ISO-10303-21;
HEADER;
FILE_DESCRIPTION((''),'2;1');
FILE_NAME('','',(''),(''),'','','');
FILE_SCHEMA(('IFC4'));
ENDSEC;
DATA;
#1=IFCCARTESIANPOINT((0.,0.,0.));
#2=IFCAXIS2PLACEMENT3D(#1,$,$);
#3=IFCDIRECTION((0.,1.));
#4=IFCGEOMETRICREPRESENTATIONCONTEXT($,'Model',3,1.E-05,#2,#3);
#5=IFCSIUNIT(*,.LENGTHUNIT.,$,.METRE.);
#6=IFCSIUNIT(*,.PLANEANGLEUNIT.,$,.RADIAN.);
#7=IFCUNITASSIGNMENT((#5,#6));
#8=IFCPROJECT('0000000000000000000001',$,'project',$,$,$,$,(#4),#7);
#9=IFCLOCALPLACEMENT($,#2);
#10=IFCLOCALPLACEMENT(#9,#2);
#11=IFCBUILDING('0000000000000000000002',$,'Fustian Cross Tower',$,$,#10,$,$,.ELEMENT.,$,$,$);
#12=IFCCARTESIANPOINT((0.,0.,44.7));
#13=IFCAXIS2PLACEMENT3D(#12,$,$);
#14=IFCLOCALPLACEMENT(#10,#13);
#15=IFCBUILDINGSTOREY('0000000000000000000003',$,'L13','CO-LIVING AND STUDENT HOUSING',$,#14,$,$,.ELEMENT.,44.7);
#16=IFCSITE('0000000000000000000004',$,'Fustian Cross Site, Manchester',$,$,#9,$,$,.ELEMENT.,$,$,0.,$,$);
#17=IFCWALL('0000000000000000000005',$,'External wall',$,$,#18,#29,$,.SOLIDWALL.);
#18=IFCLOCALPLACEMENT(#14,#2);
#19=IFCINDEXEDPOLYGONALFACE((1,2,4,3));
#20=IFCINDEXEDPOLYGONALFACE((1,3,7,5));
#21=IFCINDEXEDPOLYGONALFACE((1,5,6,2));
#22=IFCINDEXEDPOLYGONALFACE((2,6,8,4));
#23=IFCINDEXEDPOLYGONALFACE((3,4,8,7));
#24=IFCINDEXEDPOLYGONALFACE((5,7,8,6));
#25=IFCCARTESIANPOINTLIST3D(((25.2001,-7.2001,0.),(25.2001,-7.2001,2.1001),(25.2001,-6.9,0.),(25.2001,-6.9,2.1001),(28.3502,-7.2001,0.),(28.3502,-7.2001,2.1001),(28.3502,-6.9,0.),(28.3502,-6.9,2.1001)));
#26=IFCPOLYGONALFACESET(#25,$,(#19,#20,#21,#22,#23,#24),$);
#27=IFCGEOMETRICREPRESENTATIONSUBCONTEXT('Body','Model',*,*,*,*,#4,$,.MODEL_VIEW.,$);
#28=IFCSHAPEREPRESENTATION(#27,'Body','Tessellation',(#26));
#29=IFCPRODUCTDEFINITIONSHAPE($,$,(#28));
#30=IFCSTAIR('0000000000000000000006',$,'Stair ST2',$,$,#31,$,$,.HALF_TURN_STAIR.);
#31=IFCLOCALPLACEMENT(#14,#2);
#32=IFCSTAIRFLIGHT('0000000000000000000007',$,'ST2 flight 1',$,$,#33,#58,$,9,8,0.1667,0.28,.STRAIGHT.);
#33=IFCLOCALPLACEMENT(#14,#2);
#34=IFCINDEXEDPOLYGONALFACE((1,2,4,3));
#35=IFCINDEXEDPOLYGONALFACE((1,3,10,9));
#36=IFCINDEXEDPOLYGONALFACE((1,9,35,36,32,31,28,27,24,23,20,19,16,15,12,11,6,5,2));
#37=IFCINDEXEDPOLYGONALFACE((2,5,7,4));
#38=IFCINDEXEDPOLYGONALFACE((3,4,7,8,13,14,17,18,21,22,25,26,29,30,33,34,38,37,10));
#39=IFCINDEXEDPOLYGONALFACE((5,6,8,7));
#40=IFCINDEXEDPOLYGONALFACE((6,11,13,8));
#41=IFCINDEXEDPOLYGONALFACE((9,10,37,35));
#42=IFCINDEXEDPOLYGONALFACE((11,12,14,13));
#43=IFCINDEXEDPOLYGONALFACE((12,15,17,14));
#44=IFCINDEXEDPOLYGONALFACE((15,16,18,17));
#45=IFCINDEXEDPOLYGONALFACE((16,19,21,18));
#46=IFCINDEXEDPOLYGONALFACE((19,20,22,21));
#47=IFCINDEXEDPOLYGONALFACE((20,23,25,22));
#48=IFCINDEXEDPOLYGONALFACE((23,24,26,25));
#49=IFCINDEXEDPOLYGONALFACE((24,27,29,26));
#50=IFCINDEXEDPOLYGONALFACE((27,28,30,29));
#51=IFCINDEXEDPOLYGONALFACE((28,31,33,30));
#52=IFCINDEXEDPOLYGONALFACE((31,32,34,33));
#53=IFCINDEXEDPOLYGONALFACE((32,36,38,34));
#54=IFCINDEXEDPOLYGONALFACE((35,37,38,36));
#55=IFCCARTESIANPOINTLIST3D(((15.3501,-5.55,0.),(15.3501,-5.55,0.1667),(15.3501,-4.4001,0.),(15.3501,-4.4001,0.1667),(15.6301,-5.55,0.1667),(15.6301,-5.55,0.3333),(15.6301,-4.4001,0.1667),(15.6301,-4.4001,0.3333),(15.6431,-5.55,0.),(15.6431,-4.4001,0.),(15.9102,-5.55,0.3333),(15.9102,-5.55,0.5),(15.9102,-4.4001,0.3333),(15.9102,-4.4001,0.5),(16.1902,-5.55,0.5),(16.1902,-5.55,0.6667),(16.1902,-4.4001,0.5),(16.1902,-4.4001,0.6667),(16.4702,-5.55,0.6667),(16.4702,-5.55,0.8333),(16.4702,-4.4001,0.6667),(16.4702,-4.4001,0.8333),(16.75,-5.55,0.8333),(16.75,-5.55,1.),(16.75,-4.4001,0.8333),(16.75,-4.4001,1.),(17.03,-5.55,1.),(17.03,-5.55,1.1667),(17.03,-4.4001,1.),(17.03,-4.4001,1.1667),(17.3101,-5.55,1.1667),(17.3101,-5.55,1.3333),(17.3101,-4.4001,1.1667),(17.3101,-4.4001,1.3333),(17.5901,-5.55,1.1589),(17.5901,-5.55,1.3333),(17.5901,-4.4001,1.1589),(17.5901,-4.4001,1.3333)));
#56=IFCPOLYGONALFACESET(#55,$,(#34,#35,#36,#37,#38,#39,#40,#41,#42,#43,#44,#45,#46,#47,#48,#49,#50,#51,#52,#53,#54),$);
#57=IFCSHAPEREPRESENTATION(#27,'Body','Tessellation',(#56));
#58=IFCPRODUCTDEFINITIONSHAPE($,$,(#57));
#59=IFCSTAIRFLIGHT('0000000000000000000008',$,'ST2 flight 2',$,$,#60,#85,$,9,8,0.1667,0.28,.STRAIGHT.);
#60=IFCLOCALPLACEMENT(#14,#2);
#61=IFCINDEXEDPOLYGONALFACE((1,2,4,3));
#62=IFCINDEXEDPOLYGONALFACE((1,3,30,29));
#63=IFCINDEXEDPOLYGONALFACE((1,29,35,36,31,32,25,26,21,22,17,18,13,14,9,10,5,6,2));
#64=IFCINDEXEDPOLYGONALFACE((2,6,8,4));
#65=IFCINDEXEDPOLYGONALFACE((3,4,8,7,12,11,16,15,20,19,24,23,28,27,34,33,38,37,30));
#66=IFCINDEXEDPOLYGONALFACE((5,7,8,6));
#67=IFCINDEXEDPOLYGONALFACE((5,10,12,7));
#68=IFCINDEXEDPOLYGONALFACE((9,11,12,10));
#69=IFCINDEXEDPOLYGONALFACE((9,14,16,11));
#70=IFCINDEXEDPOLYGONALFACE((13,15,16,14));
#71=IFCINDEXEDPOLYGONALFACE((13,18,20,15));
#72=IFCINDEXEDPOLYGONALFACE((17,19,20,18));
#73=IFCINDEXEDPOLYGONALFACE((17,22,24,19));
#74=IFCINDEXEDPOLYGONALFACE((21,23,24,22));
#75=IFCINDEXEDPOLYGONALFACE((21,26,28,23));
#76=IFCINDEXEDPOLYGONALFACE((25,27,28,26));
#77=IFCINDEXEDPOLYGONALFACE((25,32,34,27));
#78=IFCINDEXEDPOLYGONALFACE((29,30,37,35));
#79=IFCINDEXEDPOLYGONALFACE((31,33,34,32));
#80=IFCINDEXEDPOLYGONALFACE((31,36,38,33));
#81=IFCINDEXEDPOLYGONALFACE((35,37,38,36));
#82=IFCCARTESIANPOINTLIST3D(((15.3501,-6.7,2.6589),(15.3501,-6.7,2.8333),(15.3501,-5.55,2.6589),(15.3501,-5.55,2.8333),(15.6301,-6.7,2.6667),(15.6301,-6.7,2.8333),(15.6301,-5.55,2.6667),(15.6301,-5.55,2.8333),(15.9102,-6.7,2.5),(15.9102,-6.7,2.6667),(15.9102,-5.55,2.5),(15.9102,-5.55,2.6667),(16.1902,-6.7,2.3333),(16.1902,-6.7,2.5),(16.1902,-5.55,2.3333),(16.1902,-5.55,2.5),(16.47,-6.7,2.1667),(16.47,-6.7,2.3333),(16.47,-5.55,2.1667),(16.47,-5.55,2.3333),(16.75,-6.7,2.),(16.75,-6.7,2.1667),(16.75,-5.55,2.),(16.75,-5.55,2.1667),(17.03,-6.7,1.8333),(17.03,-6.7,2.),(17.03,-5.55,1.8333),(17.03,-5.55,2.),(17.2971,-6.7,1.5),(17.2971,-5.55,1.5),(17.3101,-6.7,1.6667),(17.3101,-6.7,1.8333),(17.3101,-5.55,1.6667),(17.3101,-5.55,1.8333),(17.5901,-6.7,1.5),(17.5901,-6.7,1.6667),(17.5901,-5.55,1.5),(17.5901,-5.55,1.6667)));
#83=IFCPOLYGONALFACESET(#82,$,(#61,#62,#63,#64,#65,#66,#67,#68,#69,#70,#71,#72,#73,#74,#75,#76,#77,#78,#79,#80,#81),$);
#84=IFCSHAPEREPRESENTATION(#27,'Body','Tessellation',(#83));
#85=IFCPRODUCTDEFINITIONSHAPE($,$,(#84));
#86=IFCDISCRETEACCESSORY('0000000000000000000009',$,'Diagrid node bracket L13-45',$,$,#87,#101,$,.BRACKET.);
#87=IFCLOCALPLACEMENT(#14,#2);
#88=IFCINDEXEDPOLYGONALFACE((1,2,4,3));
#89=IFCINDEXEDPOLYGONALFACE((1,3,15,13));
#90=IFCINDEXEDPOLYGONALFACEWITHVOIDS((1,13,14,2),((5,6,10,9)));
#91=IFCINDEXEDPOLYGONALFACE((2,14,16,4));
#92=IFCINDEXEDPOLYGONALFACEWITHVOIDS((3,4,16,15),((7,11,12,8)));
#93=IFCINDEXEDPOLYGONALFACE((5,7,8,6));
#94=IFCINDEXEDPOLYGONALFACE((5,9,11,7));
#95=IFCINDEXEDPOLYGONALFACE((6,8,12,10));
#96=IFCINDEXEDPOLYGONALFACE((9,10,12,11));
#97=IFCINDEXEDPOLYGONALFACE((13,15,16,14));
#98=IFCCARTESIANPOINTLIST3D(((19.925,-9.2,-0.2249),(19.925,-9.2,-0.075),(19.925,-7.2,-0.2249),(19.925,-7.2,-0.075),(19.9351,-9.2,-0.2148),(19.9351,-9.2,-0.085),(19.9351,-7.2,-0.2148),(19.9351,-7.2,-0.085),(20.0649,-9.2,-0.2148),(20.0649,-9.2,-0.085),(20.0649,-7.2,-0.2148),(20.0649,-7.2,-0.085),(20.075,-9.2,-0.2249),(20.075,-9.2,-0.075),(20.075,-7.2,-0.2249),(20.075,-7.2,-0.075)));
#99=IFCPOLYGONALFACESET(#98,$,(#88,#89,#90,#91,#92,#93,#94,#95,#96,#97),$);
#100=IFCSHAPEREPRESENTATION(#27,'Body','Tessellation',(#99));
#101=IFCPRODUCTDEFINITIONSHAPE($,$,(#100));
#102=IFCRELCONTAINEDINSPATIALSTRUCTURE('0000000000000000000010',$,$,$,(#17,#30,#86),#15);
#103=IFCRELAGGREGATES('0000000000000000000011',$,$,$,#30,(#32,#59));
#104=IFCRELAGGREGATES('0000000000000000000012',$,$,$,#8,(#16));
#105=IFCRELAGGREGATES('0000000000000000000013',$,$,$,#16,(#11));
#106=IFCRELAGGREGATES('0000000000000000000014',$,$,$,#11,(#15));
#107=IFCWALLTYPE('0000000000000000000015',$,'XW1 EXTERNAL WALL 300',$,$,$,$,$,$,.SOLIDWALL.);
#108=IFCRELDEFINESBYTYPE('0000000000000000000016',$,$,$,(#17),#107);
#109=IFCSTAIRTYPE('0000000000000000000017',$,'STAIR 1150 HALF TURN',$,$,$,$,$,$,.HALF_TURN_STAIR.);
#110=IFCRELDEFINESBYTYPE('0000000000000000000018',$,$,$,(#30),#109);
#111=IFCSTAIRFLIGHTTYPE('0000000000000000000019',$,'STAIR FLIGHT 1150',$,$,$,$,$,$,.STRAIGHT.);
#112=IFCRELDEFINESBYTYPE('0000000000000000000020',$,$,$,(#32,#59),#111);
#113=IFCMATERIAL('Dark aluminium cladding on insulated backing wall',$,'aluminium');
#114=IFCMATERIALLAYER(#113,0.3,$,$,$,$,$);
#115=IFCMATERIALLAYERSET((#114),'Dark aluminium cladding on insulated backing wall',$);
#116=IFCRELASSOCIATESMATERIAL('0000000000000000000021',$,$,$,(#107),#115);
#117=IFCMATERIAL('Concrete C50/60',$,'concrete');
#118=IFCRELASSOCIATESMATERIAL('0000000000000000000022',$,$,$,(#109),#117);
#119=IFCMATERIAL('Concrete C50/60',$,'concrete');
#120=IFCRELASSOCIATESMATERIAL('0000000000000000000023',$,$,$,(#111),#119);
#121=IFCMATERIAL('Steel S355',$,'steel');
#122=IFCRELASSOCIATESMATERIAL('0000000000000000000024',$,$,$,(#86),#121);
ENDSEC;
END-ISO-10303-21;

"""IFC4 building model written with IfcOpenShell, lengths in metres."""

from ifc_helpers import new_model, si_unit, direction, frame, frame_2d, origin, origin_2d, place, context, subcontext, project, spatial, polyline, rectangle, hollow_rectangle, outline, extrude, material, layer, layer_set, type_object, element, aggregate, save


model = new_model("IFC4")

# Units and contexts
model_context = context("Model", 3, precision=1e-05, world=origin(), true_north=direction((0.0, 1.0)))
body_context = subcontext(model_context, "Body", "Model", "MODEL_VIEW")
ifc_project = project(units=[si_unit("LENGTHUNIT", "METRE"), si_unit("PLANEANGLEUNIT", "RADIAN")], contexts=[model_context])

# Site, building, storey
site_placement = place(None, origin())
site = spatial("IfcSite", under=ifc_project, at=site_placement, Name="Fustian Cross Site, Manchester", CompositionType="ELEMENT", RefElevation=0.0)
building_placement = place(site_placement, origin())
building = spatial("IfcBuilding", under=site, at=building_placement, Name="Fustian Cross Tower", CompositionType="ELEMENT")
storey_placement = place(building_placement, frame((0.0, 0.0, 44.7)))
storey = spatial("IfcBuildingStorey", under=building, at=storey_placement, Name="L13", Description="CO-LIVING AND STUDENT HOUSING", CompositionType="ELEMENT", Elevation=44.7)

# Wall
ifc_material_1 = material(Name="Dark aluminium cladding on insulated backing wall", Category="aluminium")
ifc_layer_1 = layer(ifc_material_1, 0.3)
ifc_layer_set_1 = layer_set([ifc_layer_1], Name="Dark aluminium cladding on insulated backing wall")
wall_type_1 = type_object("IfcWallType", Name="XW1 EXTERNAL WALL 300", PredefinedType="SOLIDWALL", material=ifc_layer_set_1)
wall_1_placement = place(storey_placement, frame((25.2, -7.05, 0.0), z_axis=(0.0, 0.0, 1.0), x_axis=(1.0, 0.0, 0.0)))
element("IfcWall", 1, at=wall_1_placement, inside=storey, type_object=wall_type_1, Name="External wall", PredefinedType="SOLIDWALL", context=body_context, shape_type="SweptSolid", body=[
    extrude(rectangle(XDim=3.1501, YDim=0.3, at=frame_2d((1.5752, 0.0))), origin(), (0.0, 0.0, 1.0), 2.1001),
])

# Stair, stair flights
ifc_material_2 = material(Name="Concrete C50/60", Category="concrete")
stair_type = type_object("IfcStairType", Name="STAIR 1150 HALF TURN", PredefinedType="HALF_TURN_STAIR", material=ifc_material_2)
stair_placement = place(storey_placement, origin())
stair = element("IfcStair", 2, at=stair_placement, inside=storey, type_object=stair_type, Name="Stair ST2", PredefinedType="HALF_TURN_STAIR")
ifc_material_3 = material(Name="Concrete C50/60", Category="concrete")
stair_flight_type = type_object("IfcStairFlightType", Name="STAIR FLIGHT 1150", PredefinedType="STRAIGHT", material=ifc_material_3)
stair_flight_1_placement = place(storey_placement, frame((15.3501, -4.9751, 0.0), z_axis=(0.0, 0.0, 1.0), x_axis=(1.0, 0.0, 0.0)))
stair_flight_1 = element("IfcStairFlight", 3, at=stair_flight_1_placement, type_object=stair_flight_type, Name="ST2 flight 1", NumberOfRisers=9, NumberOfTreads=8, PredefinedType="STRAIGHT", RiserHeight=0.1667, TreadLength=0.28, context=body_context, shape_type="SweptSolid", body=[
    extrude(outline(polyline([(0.0, 0.0), (0.0, 0.1667), (0.28, 0.1667), (0.28, 0.3333), (0.5601, 0.3333), (0.5601, 0.5), (0.8401, 0.5), (0.8401, 0.6667), (1.1201, 0.6667), (1.1201, 0.8333), (1.3999, 0.8333), (1.3999, 1.0), (1.6799, 1.0), (1.6799, 1.1667), (1.96, 1.1667), (1.96, 1.3333), (2.24, 1.3333), (2.24, 1.5), (2.24, 1.1589), (0.293, 0.0), (0.0, 0.0)])), frame((0.0, 0.575, 0.0), z_axis=(0.0, -1.0, 0.0), x_axis=(1.0, 0.0, 0.0)), (0.0, 0.0, 1.0), 1.1499),
])
stair_flight_2_placement = place(storey_placement, frame((17.5901, -6.125, 1.5), z_axis=(0.0, 0.0, 1.0), x_axis=(-1.0, 0.0, 0.0)))
stair_flight_2 = element("IfcStairFlight", 4, at=stair_flight_2_placement, type_object=stair_flight_type, Name="ST2 flight 2", NumberOfRisers=9, NumberOfTreads=8, PredefinedType="STRAIGHT", RiserHeight=0.1667, TreadLength=0.28, context=body_context, shape_type="SweptSolid", body=[
    extrude(outline(polyline([(0.0, 0.0), (0.0, 0.1667), (0.28, 0.1667), (0.28, 0.3333), (0.5601, 0.3333), (0.5601, 0.5), (0.8401, 0.5), (0.8401, 0.6667), (1.1201, 0.6667), (1.1201, 0.8333), (1.3999, 0.8333), (1.3999, 1.0), (1.6799, 1.0), (1.6799, 1.1667), (1.96, 1.1667), (1.96, 1.3333), (2.24, 1.3333), (2.24, 1.5), (2.24, 1.1589), (0.293, 0.0), (0.0, 0.0)])), frame((0.0, 0.575, 0.0), z_axis=(0.0, -1.0, 0.0), x_axis=(1.0, 0.0, 0.0)), (0.0, 0.0, 1.0), 1.1499),
])
aggregate(stair, [stair_flight_1, stair_flight_2])

# Discrete accessory
ifc_material_4 = material(Name="Steel S355", Category="steel")
discrete_accessory_placement = place(storey_placement, frame((20.0, -9.2, -0.1499), z_axis=(0.0, 1.0, 0.0), x_axis=(-1.0, 0.0, 0.0)))
element("IfcDiscreteAccessory", 5, at=discrete_accessory_placement, inside=storey, material=ifc_material_4, Name="Diagrid node bracket L13-45", PredefinedType="BRACKET", context=body_context, shape_type="SweptSolid", body=[
    extrude(hollow_rectangle(XDim=0.1499, YDim=0.1499, WallThickness=0.01, at=origin_2d()), origin(), (0.0, 0.0, 1.0), 2.0),
])

save(model, "model.ifc")
